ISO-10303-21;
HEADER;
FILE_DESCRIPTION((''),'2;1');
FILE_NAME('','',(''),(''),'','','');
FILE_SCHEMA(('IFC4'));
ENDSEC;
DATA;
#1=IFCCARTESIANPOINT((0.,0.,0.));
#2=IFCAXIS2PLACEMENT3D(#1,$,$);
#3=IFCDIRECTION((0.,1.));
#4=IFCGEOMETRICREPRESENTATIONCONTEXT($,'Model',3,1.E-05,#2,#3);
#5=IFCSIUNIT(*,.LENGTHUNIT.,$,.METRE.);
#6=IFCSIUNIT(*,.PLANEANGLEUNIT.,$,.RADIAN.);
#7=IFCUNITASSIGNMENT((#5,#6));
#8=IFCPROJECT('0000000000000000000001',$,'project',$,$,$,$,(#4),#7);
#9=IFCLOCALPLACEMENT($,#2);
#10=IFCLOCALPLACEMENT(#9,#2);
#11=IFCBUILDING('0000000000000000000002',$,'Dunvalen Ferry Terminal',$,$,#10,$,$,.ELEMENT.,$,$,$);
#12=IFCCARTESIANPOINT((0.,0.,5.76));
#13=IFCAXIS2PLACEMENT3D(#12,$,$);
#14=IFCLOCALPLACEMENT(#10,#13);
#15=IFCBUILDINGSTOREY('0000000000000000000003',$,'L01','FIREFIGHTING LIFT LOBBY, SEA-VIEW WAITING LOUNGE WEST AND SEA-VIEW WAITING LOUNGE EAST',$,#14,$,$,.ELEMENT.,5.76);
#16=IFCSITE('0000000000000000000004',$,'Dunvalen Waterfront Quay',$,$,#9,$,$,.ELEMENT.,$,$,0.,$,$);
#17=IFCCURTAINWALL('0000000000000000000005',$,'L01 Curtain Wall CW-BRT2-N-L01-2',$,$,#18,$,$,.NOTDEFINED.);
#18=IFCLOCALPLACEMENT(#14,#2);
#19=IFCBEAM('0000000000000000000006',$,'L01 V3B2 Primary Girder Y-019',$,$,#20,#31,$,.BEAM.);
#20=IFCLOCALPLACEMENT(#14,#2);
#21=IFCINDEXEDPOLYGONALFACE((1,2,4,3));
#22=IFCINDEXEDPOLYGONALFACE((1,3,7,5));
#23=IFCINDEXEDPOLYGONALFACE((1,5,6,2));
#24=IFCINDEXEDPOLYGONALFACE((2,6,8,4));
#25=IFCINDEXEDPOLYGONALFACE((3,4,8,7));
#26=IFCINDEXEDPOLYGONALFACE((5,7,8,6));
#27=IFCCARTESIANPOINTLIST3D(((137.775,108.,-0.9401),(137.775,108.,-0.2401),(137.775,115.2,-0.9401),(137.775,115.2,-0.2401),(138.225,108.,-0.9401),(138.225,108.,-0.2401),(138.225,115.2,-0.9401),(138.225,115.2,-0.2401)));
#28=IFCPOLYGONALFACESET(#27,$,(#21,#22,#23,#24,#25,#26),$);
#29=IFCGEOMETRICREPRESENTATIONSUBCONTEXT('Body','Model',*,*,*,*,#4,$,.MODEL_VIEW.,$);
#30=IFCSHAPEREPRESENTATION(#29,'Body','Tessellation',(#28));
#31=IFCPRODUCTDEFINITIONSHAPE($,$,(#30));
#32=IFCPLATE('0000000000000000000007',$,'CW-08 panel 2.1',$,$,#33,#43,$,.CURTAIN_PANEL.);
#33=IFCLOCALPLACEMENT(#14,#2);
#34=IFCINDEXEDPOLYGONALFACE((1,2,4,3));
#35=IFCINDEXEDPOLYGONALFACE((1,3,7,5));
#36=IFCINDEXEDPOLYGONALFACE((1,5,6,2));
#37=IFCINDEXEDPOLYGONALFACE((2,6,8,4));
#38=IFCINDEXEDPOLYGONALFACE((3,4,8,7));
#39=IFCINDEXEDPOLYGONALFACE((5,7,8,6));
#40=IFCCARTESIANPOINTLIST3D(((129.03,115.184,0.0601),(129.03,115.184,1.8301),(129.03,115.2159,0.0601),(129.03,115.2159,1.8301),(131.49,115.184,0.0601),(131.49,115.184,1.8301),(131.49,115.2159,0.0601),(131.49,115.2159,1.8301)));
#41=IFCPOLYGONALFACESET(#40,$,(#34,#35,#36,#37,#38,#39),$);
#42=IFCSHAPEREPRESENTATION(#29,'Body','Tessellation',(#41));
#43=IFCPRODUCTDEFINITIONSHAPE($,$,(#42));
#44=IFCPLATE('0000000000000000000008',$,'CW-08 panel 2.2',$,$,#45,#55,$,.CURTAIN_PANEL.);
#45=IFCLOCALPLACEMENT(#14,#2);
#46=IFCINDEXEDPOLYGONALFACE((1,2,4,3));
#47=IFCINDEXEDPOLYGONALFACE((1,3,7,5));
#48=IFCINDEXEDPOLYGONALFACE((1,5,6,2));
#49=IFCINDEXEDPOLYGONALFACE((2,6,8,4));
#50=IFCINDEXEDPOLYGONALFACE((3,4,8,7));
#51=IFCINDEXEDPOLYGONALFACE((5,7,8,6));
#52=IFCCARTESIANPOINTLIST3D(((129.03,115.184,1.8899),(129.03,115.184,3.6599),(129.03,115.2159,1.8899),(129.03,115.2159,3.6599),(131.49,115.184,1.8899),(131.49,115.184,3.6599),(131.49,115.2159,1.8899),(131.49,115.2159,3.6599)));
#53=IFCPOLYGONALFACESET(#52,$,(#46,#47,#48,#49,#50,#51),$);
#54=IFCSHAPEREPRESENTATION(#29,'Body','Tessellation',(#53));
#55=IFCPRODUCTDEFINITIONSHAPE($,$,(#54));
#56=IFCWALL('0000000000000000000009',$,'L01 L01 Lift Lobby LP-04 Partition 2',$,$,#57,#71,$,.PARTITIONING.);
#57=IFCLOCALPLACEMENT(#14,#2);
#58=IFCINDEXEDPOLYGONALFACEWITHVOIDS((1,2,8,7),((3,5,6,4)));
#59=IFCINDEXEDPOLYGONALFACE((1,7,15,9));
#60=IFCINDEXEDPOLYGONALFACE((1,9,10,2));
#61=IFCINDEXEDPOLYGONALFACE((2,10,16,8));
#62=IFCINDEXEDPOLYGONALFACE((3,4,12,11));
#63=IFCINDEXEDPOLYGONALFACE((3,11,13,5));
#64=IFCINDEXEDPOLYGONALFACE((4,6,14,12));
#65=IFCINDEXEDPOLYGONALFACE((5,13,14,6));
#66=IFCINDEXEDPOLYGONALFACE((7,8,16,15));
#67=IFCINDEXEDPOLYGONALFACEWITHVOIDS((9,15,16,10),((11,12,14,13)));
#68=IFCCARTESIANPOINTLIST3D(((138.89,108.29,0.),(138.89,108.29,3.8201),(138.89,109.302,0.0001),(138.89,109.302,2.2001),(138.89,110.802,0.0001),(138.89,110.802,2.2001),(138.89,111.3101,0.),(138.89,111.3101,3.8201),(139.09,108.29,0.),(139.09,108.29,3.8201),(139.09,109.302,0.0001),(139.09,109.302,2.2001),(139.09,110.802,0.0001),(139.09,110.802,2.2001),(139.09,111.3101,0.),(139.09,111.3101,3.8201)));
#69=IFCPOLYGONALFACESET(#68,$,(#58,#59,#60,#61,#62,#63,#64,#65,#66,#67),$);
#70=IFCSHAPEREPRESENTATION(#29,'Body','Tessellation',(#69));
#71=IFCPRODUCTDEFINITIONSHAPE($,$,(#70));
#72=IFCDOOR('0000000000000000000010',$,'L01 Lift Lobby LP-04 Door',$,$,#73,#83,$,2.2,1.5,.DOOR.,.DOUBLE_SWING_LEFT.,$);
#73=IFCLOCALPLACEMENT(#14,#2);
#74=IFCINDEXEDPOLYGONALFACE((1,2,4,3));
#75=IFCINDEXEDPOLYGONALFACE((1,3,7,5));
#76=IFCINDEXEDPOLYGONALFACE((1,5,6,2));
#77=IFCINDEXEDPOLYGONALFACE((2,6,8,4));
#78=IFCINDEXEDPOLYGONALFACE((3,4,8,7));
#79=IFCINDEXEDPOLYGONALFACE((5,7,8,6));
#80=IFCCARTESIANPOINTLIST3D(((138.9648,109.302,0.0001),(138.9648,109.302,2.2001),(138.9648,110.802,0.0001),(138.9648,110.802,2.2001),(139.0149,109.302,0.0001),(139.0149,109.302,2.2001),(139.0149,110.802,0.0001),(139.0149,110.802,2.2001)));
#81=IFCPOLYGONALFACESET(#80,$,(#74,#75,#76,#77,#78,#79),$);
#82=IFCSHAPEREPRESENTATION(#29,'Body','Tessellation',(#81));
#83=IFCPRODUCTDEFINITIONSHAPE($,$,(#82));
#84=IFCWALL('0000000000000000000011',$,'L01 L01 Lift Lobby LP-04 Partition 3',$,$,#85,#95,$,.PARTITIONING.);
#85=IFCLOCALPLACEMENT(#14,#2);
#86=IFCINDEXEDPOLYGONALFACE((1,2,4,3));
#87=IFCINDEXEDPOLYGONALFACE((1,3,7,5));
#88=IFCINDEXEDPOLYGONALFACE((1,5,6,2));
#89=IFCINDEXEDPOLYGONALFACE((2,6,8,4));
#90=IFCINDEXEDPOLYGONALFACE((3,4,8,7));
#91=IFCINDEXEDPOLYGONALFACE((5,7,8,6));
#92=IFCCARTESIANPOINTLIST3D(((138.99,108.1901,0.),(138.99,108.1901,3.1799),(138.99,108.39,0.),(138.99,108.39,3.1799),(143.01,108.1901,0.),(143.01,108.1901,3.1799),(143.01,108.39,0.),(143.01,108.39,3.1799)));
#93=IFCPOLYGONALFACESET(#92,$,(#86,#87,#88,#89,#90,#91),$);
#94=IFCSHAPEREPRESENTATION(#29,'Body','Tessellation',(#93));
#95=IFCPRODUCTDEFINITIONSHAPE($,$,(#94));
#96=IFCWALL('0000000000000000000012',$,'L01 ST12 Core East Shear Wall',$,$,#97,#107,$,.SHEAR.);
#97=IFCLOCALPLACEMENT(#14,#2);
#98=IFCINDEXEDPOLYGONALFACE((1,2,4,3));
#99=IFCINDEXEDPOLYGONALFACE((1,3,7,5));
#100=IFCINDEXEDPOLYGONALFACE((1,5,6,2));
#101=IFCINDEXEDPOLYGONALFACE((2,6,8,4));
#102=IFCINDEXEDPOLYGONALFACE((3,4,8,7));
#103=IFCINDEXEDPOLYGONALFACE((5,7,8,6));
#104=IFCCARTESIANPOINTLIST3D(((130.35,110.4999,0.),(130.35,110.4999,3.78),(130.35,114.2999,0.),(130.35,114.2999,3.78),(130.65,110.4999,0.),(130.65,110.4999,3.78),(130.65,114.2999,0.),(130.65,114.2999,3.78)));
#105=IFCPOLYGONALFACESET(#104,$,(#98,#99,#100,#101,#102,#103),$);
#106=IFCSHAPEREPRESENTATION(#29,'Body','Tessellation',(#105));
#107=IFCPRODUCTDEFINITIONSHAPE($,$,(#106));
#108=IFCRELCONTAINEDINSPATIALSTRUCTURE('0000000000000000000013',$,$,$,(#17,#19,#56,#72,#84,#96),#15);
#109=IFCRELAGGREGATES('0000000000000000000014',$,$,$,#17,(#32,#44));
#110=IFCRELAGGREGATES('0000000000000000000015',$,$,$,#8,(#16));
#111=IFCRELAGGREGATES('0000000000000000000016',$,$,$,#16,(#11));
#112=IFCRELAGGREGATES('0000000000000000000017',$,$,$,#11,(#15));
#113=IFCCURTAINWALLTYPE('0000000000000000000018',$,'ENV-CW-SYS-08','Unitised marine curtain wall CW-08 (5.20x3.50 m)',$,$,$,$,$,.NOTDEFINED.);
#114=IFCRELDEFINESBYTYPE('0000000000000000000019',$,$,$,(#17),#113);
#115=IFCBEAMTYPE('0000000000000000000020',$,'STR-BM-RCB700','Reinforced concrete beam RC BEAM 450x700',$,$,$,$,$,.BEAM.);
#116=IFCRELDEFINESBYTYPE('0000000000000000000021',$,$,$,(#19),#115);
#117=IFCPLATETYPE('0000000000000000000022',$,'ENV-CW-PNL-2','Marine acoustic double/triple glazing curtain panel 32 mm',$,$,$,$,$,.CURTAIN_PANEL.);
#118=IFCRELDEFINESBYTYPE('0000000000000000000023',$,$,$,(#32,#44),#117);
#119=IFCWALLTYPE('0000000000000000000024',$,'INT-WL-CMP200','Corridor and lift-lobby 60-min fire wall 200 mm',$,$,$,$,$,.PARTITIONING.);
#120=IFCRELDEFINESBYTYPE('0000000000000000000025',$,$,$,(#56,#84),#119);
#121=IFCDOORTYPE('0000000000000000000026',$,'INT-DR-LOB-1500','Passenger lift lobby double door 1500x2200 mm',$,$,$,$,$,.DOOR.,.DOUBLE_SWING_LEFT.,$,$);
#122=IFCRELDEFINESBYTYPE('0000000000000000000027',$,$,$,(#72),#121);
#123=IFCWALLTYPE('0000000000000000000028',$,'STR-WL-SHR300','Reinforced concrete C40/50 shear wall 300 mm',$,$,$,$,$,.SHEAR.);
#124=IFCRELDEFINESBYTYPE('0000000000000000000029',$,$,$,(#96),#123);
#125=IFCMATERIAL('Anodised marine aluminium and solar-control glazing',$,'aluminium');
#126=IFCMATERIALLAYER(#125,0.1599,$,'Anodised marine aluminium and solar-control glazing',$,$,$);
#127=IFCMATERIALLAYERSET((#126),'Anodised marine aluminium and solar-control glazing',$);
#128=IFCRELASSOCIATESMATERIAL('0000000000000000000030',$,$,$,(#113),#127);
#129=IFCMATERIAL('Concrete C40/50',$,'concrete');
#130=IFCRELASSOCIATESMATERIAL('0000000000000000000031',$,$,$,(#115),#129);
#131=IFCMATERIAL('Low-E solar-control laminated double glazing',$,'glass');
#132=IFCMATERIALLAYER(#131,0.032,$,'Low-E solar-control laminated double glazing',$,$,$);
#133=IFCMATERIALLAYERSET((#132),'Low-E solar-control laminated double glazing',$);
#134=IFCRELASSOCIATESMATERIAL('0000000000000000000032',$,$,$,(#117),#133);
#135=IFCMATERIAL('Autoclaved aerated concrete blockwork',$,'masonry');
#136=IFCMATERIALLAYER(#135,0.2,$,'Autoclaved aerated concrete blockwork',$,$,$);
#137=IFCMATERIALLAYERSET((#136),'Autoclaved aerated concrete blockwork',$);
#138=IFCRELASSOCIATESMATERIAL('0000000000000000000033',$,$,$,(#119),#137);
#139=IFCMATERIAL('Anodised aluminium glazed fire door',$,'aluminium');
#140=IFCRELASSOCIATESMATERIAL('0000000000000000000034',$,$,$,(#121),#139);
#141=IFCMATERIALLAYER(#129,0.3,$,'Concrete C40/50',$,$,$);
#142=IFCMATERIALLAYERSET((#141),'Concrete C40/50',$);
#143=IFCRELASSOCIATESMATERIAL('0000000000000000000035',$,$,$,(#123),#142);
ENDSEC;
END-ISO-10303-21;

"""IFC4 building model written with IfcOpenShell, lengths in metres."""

from ifc_helpers import new_model, si_unit, direction, frame, frame_2d, origin, origin_2d, place, context, subcontext, project, spatial, rectangle, extrude, material, layer, layer_set, material_profile, profile_set, type_object, element, fill, aggregate, save


model = new_model("IFC4")

# Units and contexts
model_context = context("Model", 3, precision=1e-05, world=origin(), true_north=direction((0.0, 1.0)))
body_context = subcontext(model_context, "Body", "Model", "MODEL_VIEW")
ifc_project = project(units=[si_unit("LENGTHUNIT", "METRE"), si_unit("PLANEANGLEUNIT", "RADIAN")], contexts=[model_context])

# Site, building, storey
site_placement = place(None, origin())
site = spatial("IfcSite", under=ifc_project, at=site_placement, Name="Dunvalen Waterfront Quay", CompositionType="ELEMENT", RefElevation=0.0)
building_placement = place(site_placement, origin())
building = spatial("IfcBuilding", under=site, at=building_placement, Name="Dunvalen Ferry Terminal", CompositionType="ELEMENT")
storey_placement = place(building_placement, frame((0.0, 0.0, 5.76)))
storey = spatial("IfcBuildingStorey", under=building, at=storey_placement, Name="L01", Description="FIREFIGHTING LIFT LOBBY, SEA-VIEW WAITING LOUNGE WEST AND SEA-VIEW WAITING LOUNGE EAST", CompositionType="ELEMENT", Elevation=5.76)

# Curtain wall
ifc_material_1 = material(Name="Anodised marine aluminium and solar-control glazing", Category="aluminium")
ifc_layer_1 = layer(ifc_material_1, 0.1599, Name="Anodised marine aluminium and solar-control glazing")
ifc_layer_set_1 = layer_set([ifc_layer_1], Name="Anodised marine aluminium and solar-control glazing")
curtain_wall_type = type_object("IfcCurtainWallType", Name="ENV-CW-SYS-08", Description="Unitised marine curtain wall CW-08 (5.20x3.50 m)", PredefinedType="NOTDEFINED", material=ifc_layer_set_1)
curtain_wall_placement = place(storey_placement, origin())
curtain_wall = element("IfcCurtainWall", 1, at=curtain_wall_placement, inside=storey, type_object=curtain_wall_type, Name="L01 Curtain Wall CW-BRT2-N-L01-2", PredefinedType="NOTDEFINED")

# Beam
ifc_material_2 = material(Name="Concrete C40/50", Category="concrete")
ifc_material_profile_1 = material_profile(ifc_material_2, rectangle(XDim=0.45, YDim=0.7, at=origin_2d()), Name="Concrete C40/50")
ifc_profile_set_1 = profile_set([ifc_material_profile_1], Name="Concrete C40/50")
beam_type_1 = type_object("IfcBeamType", Name="STR-BM-RCB700", Description="Reinforced concrete beam RC BEAM 450x700", PredefinedType="BEAM", material=ifc_profile_set_1)
for number, where, z_axis, x_axis, name in (
    (2, (138.0, 108.0, -0.5901), (0.0, 1.0, 0.0), (-1.0, 0.0, 0.0), "L01 V3B2 Primary Girder Y-019"),
):
    element("IfcBeam", number, at=place(storey_placement, frame(where, z_axis=z_axis, x_axis=x_axis)), inside=storey, type_object=beam_type_1, Name=name, PredefinedType="BEAM", context=body_context, shape_type="SweptSolid", body=[
        extrude(rectangle(XDim=0.45, YDim=0.7, at=origin_2d()), origin(), (0.0, 0.0, 1.0), 7.2),
    ])

# Plates
ifc_material_3 = material(Name="Low-E solar-control laminated double glazing", Category="glass")
ifc_layer_2 = layer(ifc_material_3, 0.032, Name="Low-E solar-control laminated double glazing")
ifc_layer_set_2 = layer_set([ifc_layer_2], Name="Low-E solar-control laminated double glazing")
plate_type = type_object("IfcPlateType", Name="ENV-CW-PNL-2", Description="Marine acoustic double/triple glazing curtain panel 32 mm", PredefinedType="CURTAIN_PANEL", material=ifc_layer_set_2)
plate_1_placement = place(storey_placement, frame((130.26, 115.2, 0.0601), z_axis=(0.0, 0.0, 1.0), x_axis=(1.0, 0.0, 0.0)))
plate_1 = element("IfcPlate", 3, at=plate_1_placement, type_object=plate_type, Name="CW-08 panel 2.1", PredefinedType="CURTAIN_PANEL", context=body_context, shape_type="SweptSolid", body=[
    extrude(rectangle(XDim=2.46, YDim=0.032, at=origin_2d()), origin(), (0.0, 0.0, 1.0), 1.77),
])
plate_2_placement = place(storey_placement, frame((130.26, 115.2, 1.8899), z_axis=(0.0, 0.0, 1.0), x_axis=(1.0, 0.0, 0.0)))
plate_2 = element("IfcPlate", 4, at=plate_2_placement, type_object=plate_type, Name="CW-08 panel 2.2", PredefinedType="CURTAIN_PANEL", context=body_context, shape_type="SweptSolid", body=[
    extrude(rectangle(XDim=2.46, YDim=0.032, at=origin_2d()), origin(), (0.0, 0.0, 1.0), 1.77),
])
aggregate(curtain_wall, [plate_1, plate_2])

# Wall, opening, door
ifc_material_4 = material(Name="Autoclaved aerated concrete blockwork", Category="masonry")
ifc_layer_3 = layer(ifc_material_4, 0.2, Name="Autoclaved aerated concrete blockwork")
ifc_layer_set_3 = layer_set([ifc_layer_3], Name="Autoclaved aerated concrete blockwork")
wall_type_1 = type_object("IfcWallType", Name="INT-WL-CMP200", Description="Corridor and lift-lobby 60-min fire wall 200 mm", PredefinedType="PARTITIONING", material=ifc_layer_set_3)
wall_1_placement = place(storey_placement, frame((138.99, 111.3101, 0.0), z_axis=(0.0, 0.0, 1.0), x_axis=(0.0, -1.0, 0.0)))
wall_1 = element("IfcWall", 5, at=wall_1_placement, inside=storey, type_object=wall_type_1, Name="L01 L01 Lift Lobby LP-04 Partition 2", PredefinedType="PARTITIONING", context=body_context, shape_type="SweptSolid", body=[
    extrude(rectangle(XDim=3.02, YDim=0.2, at=frame_2d((1.51, 0.0))), origin(), (0.0, 0.0, 1.0), 3.8201),
])
opening_1_placement = place(wall_1_placement, frame((0.5081, 0.0, 0.0)))
opening_1 = element("IfcOpeningElement", 6, at=opening_1_placement, cuts=wall_1, PredefinedType="OPENING", context=body_context, shape_type="SweptSolid", body=[
    extrude(rectangle(XDim=1.5, YDim=2.2, at=frame_2d((0.75, 1.1001))), frame((0.0, 0.1099, 0.0), z_axis=(0.0, -1.0, 0.0), x_axis=(1.0, 0.0, 0.0)), (0.0, 0.0, 1.0), 0.22),
])
ifc_material_5 = material(Name="Anodised aluminium glazed fire door", Category="aluminium")
door_type_1 = type_object("IfcDoorType", Name="INT-DR-LOB-1500", Description="Passenger lift lobby double door 1500x2200 mm", OperationType="DOUBLE_SWING_LEFT", PredefinedType="DOOR", material=ifc_material_5)
door_1_placement = place(opening_1_placement, origin())
door_1 = element("IfcDoor", 7, at=door_1_placement, inside=storey, type_object=door_type_1, Name="L01 Lift Lobby LP-04 Door", OperationType="DOUBLE_SWING_LEFT", OverallHeight=2.2, OverallWidth=1.5, PredefinedType="DOOR", context=body_context, shape_type="SweptSolid", body=[
    extrude(rectangle(XDim=1.5, YDim=2.2, at=frame_2d((0.75, 1.1001))), frame((0.0, 0.0249, 0.0), z_axis=(0.0, -1.0, 0.0), x_axis=(1.0, 0.0, 0.0)), (0.0, 0.0, 1.0), 0.05),
])
fill(opening_1, door_1)

# Walls
wall_2_placement = place(storey_placement, frame((138.99, 108.29, 0.0), z_axis=(0.0, 0.0, 1.0), x_axis=(1.0, 0.0, 0.0)))
element("IfcWall", 8, at=wall_2_placement, inside=storey, type_object=wall_type_1, Name="L01 L01 Lift Lobby LP-04 Partition 3", PredefinedType="PARTITIONING", context=body_context, shape_type="SweptSolid", body=[
    extrude(rectangle(XDim=4.02, YDim=0.2, at=frame_2d((2.01, 0.0))), origin(), (0.0, 0.0, 1.0), 3.1799),
])
ifc_layer_4 = layer(ifc_material_2, 0.3, Name="Concrete C40/50")
ifc_layer_set_4 = layer_set([ifc_layer_4], Name="Concrete C40/50")
wall_type_2 = type_object("IfcWallType", Name="STR-WL-SHR300", Description="Reinforced concrete C40/50 shear wall 300 mm", PredefinedType="SHEAR", material=ifc_layer_set_4)
wall_3_placement = place(storey_placement, frame((130.5, 110.5, 0.0), z_axis=(0.0, 0.0, 1.0), x_axis=(0.0, 1.0, 0.0)))
element("IfcWall", 9, at=wall_3_placement, inside=storey, type_object=wall_type_2, Name="L01 ST12 Core East Shear Wall", PredefinedType="SHEAR", context=body_context, shape_type="SweptSolid", body=[
    extrude(rectangle(XDim=3.8, YDim=0.3, at=frame_2d((1.8999, 0.0))), origin(), (0.0, 0.0, 1.0), 3.78),
])

save(model, "model.ifc")
